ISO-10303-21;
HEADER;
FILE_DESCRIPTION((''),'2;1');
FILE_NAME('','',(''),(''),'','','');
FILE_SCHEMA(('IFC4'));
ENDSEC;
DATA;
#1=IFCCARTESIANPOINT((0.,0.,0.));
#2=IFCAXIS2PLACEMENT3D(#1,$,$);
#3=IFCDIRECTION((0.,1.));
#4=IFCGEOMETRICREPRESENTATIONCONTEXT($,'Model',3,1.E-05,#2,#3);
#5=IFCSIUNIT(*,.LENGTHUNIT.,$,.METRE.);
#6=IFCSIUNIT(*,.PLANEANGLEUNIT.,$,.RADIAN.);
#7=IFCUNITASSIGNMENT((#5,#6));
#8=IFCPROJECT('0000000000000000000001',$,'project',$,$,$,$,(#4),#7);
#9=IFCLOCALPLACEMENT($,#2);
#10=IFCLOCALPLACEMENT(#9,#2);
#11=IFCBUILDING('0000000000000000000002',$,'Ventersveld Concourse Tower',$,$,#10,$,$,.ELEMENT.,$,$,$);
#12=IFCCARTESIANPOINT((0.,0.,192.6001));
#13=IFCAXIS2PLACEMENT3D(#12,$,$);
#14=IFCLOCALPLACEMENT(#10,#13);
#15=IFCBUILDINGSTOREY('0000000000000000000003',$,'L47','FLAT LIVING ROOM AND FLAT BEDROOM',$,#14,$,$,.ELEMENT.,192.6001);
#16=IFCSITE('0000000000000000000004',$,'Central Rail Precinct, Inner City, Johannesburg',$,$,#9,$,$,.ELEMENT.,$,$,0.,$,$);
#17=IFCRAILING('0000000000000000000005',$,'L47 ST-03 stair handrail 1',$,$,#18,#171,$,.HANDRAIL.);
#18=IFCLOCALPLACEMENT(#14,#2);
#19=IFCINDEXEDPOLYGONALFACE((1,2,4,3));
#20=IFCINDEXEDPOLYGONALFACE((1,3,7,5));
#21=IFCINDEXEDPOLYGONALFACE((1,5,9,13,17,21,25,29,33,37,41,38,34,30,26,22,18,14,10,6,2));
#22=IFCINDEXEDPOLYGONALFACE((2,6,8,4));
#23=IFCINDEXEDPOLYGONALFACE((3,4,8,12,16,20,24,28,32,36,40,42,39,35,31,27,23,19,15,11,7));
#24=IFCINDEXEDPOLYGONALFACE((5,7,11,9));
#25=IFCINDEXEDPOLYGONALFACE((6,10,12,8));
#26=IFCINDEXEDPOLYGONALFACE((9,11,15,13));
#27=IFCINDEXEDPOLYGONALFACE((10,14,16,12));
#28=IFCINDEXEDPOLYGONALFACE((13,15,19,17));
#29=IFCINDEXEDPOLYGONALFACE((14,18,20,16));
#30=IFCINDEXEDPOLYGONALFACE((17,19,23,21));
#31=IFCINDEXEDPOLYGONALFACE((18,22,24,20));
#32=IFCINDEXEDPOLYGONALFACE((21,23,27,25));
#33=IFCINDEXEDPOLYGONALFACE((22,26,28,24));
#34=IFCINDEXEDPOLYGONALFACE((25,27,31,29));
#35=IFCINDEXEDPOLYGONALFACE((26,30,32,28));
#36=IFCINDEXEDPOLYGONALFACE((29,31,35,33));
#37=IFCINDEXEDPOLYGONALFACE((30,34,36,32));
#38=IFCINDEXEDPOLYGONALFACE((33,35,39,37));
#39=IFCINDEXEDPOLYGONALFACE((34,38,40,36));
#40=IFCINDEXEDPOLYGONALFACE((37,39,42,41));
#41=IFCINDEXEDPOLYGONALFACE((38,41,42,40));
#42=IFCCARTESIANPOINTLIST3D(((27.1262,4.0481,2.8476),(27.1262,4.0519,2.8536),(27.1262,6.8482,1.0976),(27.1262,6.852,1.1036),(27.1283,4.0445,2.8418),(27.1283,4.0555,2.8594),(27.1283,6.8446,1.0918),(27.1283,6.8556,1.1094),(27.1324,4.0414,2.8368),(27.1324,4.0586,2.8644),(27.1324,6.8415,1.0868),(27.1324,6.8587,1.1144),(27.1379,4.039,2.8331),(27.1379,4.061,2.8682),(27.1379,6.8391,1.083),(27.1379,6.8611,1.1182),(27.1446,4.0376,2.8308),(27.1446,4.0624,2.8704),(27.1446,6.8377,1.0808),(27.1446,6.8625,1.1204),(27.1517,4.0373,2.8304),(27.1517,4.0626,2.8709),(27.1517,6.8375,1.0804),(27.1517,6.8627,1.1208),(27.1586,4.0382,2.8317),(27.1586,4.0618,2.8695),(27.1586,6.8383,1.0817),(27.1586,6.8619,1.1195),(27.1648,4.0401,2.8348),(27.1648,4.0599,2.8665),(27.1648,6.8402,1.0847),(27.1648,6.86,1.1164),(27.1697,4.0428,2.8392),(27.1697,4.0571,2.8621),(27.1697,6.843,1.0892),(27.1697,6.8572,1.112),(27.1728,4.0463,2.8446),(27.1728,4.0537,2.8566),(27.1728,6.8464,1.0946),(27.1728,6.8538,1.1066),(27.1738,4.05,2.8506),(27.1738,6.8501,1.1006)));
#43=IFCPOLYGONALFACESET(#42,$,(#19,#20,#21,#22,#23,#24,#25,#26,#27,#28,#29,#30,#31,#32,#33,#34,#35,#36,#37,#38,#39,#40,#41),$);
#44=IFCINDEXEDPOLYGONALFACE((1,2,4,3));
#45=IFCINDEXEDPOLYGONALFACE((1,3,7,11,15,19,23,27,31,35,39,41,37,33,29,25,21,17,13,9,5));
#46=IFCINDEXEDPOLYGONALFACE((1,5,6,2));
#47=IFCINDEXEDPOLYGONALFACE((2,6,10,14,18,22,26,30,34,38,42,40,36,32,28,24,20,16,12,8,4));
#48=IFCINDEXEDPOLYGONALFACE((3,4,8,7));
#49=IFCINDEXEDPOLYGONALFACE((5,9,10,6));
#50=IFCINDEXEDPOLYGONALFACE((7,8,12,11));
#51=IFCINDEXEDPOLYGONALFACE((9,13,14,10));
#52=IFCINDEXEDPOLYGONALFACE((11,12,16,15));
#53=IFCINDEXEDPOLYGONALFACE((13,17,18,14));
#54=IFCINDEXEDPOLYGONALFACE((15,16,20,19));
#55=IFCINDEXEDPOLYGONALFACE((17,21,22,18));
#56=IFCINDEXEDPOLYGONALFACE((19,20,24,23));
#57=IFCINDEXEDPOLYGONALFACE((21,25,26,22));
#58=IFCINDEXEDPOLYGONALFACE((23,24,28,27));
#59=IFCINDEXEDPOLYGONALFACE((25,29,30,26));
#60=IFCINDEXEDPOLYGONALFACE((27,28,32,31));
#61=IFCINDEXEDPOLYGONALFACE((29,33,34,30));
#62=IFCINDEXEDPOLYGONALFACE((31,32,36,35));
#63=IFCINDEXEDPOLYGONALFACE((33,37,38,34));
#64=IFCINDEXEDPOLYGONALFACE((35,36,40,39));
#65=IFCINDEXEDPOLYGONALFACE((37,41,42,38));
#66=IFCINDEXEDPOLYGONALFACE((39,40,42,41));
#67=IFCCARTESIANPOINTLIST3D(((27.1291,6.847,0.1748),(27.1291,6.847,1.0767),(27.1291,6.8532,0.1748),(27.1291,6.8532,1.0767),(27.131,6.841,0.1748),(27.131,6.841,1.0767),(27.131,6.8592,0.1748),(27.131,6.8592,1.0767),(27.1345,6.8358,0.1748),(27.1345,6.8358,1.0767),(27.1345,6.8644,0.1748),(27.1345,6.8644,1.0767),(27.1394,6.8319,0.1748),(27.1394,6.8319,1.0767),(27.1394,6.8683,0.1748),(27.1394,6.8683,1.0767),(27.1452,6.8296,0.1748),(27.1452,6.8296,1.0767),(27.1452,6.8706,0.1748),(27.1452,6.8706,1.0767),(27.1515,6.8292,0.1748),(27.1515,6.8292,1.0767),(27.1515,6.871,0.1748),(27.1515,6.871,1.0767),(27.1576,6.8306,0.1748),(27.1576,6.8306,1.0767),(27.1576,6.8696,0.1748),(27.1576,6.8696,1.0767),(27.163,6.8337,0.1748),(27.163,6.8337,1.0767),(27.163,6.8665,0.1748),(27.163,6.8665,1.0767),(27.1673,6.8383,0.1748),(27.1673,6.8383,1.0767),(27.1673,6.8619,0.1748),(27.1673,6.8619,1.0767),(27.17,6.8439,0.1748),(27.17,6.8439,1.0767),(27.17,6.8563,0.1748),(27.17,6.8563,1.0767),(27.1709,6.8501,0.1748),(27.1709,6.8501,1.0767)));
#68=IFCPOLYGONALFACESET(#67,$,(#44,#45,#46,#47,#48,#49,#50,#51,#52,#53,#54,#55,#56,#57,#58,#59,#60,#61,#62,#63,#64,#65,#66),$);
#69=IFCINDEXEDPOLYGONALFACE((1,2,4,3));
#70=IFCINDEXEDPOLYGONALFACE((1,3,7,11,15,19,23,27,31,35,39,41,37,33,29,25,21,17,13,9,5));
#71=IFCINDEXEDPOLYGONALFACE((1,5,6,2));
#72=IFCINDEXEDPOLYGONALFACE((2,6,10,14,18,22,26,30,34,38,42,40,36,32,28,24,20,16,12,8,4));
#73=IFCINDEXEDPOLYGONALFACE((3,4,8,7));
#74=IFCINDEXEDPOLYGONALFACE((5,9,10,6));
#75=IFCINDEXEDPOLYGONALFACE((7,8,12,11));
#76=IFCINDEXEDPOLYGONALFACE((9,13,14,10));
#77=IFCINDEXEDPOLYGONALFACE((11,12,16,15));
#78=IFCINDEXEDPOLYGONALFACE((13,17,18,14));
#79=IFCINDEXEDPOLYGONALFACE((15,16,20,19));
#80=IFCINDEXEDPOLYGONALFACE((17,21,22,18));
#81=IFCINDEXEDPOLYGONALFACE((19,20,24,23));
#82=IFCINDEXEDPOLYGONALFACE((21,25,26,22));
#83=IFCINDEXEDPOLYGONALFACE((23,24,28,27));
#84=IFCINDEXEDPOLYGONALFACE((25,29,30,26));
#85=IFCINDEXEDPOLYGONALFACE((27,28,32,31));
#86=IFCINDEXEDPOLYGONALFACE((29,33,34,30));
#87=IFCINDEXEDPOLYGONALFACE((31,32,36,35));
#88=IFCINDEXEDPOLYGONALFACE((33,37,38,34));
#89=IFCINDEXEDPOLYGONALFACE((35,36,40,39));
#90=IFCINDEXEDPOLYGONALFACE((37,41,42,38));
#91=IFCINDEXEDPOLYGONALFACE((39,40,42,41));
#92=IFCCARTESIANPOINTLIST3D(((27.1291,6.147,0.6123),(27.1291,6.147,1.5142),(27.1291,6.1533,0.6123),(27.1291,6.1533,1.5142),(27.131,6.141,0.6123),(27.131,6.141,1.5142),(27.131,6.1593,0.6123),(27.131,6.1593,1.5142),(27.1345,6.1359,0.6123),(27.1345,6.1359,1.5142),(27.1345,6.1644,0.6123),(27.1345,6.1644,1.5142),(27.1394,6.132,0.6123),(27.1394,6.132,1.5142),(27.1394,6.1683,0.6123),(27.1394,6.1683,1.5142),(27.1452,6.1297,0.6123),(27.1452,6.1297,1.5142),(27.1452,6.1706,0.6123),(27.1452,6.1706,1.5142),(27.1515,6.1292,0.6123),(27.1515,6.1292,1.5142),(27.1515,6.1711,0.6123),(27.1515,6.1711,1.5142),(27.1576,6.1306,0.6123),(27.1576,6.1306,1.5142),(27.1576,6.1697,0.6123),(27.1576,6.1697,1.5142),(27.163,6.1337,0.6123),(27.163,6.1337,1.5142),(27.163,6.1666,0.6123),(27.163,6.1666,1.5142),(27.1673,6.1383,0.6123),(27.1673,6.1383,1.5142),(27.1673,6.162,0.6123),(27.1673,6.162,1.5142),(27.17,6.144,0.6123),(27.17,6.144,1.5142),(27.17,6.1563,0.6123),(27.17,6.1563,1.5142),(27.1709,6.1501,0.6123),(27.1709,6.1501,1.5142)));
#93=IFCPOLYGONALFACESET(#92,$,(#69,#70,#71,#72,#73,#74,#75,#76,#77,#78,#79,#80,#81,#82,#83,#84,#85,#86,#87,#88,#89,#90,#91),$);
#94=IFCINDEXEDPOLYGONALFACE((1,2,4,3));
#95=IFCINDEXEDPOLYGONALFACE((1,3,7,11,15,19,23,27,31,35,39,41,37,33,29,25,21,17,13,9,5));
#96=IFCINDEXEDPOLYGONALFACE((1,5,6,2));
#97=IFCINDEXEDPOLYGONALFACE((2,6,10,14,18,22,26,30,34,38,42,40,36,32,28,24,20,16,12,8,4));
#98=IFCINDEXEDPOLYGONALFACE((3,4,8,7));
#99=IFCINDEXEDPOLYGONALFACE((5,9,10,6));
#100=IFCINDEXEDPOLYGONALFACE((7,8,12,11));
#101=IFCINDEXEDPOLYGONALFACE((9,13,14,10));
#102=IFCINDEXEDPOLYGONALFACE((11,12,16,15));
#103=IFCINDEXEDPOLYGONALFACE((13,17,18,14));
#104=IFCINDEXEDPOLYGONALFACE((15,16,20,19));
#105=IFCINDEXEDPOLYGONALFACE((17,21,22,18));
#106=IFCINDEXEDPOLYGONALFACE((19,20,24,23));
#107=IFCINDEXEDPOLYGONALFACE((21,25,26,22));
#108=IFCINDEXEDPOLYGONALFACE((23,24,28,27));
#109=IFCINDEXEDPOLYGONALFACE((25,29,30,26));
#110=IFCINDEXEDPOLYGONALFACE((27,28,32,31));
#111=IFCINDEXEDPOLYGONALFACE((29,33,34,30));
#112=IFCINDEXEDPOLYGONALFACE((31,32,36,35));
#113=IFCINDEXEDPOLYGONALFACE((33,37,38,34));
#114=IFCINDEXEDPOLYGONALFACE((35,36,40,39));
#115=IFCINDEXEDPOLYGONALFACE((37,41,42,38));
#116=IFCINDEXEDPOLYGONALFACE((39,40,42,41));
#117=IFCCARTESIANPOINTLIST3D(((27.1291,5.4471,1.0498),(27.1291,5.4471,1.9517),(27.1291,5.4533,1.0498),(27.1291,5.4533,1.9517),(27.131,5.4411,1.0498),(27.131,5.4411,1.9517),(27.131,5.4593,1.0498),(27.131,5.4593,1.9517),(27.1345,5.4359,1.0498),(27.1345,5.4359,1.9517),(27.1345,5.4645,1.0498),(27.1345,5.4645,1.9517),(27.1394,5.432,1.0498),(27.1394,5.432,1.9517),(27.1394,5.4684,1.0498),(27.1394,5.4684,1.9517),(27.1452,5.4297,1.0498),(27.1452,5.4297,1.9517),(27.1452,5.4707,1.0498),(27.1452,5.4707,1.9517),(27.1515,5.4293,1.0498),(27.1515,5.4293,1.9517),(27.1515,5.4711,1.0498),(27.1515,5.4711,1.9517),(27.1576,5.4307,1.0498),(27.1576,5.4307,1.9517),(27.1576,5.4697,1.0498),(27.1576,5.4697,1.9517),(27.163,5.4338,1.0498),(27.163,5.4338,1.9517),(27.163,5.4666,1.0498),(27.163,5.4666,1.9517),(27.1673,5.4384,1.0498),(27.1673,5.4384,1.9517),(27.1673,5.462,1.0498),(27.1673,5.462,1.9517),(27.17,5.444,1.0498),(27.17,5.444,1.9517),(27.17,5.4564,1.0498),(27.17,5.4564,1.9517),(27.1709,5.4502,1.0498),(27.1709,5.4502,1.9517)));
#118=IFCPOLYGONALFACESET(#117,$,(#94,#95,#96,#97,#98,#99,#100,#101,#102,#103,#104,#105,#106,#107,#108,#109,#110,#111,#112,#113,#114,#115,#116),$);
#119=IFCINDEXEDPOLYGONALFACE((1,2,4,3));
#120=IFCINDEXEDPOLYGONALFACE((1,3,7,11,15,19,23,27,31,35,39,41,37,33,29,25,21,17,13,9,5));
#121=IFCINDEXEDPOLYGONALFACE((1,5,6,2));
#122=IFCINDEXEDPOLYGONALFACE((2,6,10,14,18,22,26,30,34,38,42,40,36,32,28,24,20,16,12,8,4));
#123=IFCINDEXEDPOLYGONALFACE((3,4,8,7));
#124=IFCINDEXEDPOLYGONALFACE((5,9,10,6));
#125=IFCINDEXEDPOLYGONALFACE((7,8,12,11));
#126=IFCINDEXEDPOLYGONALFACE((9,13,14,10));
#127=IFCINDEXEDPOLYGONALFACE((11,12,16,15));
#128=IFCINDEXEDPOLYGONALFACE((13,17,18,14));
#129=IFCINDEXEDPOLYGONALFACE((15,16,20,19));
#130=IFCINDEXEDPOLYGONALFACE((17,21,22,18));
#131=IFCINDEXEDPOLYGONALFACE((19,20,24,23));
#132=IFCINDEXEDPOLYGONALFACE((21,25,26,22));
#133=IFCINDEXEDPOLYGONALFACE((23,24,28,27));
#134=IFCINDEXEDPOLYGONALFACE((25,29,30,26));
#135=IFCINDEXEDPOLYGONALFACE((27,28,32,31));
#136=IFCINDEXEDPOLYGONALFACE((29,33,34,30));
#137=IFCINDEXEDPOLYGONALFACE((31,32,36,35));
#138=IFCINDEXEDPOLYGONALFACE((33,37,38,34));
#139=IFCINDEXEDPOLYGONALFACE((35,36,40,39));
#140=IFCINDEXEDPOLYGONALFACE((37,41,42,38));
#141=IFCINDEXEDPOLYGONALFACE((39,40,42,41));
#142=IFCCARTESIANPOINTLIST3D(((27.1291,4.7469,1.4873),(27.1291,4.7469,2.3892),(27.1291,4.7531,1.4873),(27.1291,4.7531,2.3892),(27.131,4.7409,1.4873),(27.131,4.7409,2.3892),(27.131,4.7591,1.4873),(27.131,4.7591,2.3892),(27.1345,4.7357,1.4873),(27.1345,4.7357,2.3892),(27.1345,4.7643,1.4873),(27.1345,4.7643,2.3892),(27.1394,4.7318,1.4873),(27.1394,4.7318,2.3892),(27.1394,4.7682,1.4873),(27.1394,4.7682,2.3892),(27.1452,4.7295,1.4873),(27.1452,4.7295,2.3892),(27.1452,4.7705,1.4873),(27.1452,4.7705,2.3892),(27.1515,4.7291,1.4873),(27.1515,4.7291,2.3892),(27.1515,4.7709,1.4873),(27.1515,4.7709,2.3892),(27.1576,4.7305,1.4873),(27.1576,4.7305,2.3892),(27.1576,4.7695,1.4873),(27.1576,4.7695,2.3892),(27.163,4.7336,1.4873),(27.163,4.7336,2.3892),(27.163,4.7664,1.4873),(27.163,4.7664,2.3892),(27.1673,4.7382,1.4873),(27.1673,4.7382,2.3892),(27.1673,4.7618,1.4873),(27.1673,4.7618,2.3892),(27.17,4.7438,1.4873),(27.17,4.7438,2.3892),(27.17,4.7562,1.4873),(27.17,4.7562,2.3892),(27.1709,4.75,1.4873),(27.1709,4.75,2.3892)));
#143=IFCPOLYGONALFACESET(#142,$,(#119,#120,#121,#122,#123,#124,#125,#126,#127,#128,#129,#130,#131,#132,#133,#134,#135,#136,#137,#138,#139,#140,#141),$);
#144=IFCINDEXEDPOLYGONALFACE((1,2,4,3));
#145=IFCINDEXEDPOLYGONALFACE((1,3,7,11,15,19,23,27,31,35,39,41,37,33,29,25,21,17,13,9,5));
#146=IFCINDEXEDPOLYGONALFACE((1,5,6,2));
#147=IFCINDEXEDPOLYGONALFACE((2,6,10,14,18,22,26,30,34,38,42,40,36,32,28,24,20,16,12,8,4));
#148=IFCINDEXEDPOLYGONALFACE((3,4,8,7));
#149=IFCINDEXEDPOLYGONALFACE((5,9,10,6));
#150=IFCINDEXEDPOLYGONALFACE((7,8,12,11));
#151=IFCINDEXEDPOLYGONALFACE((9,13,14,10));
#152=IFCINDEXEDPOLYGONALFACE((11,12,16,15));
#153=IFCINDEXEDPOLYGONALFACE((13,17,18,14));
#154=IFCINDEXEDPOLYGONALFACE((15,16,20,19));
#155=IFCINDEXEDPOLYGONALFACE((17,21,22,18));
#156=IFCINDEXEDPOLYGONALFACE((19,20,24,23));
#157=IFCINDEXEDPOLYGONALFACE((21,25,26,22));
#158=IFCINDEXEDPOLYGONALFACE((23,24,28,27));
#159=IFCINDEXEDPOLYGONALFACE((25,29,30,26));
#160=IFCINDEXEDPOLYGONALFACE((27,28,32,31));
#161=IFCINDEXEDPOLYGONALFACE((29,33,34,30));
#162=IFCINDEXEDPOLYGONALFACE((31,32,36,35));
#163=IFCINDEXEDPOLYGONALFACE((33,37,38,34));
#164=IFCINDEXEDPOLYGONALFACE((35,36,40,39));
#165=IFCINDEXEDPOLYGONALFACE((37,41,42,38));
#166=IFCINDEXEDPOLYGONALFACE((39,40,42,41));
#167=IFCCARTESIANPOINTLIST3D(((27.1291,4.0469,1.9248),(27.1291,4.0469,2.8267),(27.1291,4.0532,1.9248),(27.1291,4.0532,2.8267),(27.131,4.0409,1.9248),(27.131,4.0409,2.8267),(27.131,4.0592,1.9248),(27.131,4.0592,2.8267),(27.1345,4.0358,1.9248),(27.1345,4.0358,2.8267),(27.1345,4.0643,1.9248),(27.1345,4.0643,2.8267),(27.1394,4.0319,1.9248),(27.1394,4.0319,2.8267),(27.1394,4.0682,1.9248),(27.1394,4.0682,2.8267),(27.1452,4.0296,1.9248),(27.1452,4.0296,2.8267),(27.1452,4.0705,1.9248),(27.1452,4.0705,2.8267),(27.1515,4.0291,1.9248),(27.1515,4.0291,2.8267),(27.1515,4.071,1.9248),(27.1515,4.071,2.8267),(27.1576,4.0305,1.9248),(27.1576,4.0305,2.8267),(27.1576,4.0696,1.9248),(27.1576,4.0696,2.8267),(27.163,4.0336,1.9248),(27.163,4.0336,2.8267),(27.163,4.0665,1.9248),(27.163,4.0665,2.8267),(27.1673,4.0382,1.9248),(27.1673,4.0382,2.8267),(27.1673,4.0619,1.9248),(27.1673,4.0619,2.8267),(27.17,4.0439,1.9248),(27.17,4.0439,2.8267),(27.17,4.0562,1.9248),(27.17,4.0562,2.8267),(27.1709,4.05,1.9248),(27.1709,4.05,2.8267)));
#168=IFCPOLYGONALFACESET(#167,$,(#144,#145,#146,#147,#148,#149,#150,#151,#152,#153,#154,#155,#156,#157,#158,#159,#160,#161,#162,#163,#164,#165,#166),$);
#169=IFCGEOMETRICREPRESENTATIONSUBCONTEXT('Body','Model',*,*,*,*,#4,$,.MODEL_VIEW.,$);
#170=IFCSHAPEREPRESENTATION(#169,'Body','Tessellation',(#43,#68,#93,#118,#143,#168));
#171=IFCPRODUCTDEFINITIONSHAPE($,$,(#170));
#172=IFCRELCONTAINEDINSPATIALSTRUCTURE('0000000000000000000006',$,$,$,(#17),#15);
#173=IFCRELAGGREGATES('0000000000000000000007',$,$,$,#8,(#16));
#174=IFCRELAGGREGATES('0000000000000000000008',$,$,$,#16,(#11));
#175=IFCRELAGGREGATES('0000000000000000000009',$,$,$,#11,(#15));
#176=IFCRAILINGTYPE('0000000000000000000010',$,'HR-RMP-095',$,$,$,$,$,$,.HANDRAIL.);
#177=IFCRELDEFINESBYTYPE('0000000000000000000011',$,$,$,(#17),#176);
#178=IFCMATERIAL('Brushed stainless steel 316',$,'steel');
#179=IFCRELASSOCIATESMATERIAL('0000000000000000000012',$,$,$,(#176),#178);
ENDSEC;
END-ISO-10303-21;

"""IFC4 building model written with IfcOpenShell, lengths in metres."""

from ifc_helpers import new_model, si_unit, direction, frame, origin, origin_2d, place, context, subcontext, project, spatial, circle, extrude, material, type_object, element, save


model = new_model("IFC4")

# Units and contexts
model_context = context("Model", 3, precision=1e-05, world=origin(), true_north=direction((0.0, 1.0)))
body_context = subcontext(model_context, "Body", "Model", "MODEL_VIEW")
ifc_project = project(units=[si_unit("LENGTHUNIT", "METRE"), si_unit("PLANEANGLEUNIT", "RADIAN")], contexts=[model_context])

# Site, building, storey
site_placement = place(None, origin())
site = spatial("IfcSite", under=ifc_project, at=site_placement, Name="Central Rail Precinct, Inner City, Johannesburg", CompositionType="ELEMENT", RefElevation=0.0)
building_placement = place(site_placement, origin())
building = spatial("IfcBuilding", under=site, at=building_placement, Name="Ventersveld Concourse Tower", CompositionType="ELEMENT")
storey_placement = place(building_placement, frame((0.0, 0.0, 192.6001)))
storey = spatial("IfcBuildingStorey", under=building, at=storey_placement, Name="L47", Description="FLAT LIVING ROOM AND FLAT BEDROOM", CompositionType="ELEMENT", Elevation=192.6001)

# Shared definitions
ifc_material_1 = material(Name="Brushed stainless steel 316", Category="steel")

# Railing
railing_type_1 = type_object("IfcRailingType", Name="HR-RMP-095", PredefinedType="HANDRAIL", material=ifc_material_1)
railing_1_placement = place(storey_placement, frame((27.1499, 6.8501, 0.1748)))
element("IfcRailing", 1, at=railing_1_placement, inside=storey, type_object=railing_type_1, Name="L47 ST-03 stair handrail 1", PredefinedType="HANDRAIL", context=body_context, shape_type="SweptSolid", body=[
    extrude(circle(Radius=0.0239, at=origin_2d()), frame((0.0, 0.0, 0.9258), z_axis=(0.0, -0.848002, 0.529992), x_axis=(1.0, 0.0, 0.0)), (0.0, 0.0, 1.0), 3.302),
    extrude(circle(Radius=0.021, at=origin_2d()), origin(), (0.0, 0.0, 1.0), 0.9019),
    extrude(circle(Radius=0.021, at=origin_2d()), frame((0.0, -0.7, 0.4375)), (0.0, 0.0, 1.0), 0.9019),
    extrude(circle(Radius=0.021, at=origin_2d()), frame((0.0, -1.3999, 0.875)), (0.0, 0.0, 1.0), 0.9019),
    extrude(circle(Radius=0.021, at=origin_2d()), frame((0.0, -2.1001, 1.3125)), (0.0, 0.0, 1.0), 0.9019),
    extrude(circle(Radius=0.021, at=origin_2d()), frame((0.0, -2.8, 1.75)), (0.0, 0.0, 1.0), 0.9019),
])

save(model, "model.ifc")
